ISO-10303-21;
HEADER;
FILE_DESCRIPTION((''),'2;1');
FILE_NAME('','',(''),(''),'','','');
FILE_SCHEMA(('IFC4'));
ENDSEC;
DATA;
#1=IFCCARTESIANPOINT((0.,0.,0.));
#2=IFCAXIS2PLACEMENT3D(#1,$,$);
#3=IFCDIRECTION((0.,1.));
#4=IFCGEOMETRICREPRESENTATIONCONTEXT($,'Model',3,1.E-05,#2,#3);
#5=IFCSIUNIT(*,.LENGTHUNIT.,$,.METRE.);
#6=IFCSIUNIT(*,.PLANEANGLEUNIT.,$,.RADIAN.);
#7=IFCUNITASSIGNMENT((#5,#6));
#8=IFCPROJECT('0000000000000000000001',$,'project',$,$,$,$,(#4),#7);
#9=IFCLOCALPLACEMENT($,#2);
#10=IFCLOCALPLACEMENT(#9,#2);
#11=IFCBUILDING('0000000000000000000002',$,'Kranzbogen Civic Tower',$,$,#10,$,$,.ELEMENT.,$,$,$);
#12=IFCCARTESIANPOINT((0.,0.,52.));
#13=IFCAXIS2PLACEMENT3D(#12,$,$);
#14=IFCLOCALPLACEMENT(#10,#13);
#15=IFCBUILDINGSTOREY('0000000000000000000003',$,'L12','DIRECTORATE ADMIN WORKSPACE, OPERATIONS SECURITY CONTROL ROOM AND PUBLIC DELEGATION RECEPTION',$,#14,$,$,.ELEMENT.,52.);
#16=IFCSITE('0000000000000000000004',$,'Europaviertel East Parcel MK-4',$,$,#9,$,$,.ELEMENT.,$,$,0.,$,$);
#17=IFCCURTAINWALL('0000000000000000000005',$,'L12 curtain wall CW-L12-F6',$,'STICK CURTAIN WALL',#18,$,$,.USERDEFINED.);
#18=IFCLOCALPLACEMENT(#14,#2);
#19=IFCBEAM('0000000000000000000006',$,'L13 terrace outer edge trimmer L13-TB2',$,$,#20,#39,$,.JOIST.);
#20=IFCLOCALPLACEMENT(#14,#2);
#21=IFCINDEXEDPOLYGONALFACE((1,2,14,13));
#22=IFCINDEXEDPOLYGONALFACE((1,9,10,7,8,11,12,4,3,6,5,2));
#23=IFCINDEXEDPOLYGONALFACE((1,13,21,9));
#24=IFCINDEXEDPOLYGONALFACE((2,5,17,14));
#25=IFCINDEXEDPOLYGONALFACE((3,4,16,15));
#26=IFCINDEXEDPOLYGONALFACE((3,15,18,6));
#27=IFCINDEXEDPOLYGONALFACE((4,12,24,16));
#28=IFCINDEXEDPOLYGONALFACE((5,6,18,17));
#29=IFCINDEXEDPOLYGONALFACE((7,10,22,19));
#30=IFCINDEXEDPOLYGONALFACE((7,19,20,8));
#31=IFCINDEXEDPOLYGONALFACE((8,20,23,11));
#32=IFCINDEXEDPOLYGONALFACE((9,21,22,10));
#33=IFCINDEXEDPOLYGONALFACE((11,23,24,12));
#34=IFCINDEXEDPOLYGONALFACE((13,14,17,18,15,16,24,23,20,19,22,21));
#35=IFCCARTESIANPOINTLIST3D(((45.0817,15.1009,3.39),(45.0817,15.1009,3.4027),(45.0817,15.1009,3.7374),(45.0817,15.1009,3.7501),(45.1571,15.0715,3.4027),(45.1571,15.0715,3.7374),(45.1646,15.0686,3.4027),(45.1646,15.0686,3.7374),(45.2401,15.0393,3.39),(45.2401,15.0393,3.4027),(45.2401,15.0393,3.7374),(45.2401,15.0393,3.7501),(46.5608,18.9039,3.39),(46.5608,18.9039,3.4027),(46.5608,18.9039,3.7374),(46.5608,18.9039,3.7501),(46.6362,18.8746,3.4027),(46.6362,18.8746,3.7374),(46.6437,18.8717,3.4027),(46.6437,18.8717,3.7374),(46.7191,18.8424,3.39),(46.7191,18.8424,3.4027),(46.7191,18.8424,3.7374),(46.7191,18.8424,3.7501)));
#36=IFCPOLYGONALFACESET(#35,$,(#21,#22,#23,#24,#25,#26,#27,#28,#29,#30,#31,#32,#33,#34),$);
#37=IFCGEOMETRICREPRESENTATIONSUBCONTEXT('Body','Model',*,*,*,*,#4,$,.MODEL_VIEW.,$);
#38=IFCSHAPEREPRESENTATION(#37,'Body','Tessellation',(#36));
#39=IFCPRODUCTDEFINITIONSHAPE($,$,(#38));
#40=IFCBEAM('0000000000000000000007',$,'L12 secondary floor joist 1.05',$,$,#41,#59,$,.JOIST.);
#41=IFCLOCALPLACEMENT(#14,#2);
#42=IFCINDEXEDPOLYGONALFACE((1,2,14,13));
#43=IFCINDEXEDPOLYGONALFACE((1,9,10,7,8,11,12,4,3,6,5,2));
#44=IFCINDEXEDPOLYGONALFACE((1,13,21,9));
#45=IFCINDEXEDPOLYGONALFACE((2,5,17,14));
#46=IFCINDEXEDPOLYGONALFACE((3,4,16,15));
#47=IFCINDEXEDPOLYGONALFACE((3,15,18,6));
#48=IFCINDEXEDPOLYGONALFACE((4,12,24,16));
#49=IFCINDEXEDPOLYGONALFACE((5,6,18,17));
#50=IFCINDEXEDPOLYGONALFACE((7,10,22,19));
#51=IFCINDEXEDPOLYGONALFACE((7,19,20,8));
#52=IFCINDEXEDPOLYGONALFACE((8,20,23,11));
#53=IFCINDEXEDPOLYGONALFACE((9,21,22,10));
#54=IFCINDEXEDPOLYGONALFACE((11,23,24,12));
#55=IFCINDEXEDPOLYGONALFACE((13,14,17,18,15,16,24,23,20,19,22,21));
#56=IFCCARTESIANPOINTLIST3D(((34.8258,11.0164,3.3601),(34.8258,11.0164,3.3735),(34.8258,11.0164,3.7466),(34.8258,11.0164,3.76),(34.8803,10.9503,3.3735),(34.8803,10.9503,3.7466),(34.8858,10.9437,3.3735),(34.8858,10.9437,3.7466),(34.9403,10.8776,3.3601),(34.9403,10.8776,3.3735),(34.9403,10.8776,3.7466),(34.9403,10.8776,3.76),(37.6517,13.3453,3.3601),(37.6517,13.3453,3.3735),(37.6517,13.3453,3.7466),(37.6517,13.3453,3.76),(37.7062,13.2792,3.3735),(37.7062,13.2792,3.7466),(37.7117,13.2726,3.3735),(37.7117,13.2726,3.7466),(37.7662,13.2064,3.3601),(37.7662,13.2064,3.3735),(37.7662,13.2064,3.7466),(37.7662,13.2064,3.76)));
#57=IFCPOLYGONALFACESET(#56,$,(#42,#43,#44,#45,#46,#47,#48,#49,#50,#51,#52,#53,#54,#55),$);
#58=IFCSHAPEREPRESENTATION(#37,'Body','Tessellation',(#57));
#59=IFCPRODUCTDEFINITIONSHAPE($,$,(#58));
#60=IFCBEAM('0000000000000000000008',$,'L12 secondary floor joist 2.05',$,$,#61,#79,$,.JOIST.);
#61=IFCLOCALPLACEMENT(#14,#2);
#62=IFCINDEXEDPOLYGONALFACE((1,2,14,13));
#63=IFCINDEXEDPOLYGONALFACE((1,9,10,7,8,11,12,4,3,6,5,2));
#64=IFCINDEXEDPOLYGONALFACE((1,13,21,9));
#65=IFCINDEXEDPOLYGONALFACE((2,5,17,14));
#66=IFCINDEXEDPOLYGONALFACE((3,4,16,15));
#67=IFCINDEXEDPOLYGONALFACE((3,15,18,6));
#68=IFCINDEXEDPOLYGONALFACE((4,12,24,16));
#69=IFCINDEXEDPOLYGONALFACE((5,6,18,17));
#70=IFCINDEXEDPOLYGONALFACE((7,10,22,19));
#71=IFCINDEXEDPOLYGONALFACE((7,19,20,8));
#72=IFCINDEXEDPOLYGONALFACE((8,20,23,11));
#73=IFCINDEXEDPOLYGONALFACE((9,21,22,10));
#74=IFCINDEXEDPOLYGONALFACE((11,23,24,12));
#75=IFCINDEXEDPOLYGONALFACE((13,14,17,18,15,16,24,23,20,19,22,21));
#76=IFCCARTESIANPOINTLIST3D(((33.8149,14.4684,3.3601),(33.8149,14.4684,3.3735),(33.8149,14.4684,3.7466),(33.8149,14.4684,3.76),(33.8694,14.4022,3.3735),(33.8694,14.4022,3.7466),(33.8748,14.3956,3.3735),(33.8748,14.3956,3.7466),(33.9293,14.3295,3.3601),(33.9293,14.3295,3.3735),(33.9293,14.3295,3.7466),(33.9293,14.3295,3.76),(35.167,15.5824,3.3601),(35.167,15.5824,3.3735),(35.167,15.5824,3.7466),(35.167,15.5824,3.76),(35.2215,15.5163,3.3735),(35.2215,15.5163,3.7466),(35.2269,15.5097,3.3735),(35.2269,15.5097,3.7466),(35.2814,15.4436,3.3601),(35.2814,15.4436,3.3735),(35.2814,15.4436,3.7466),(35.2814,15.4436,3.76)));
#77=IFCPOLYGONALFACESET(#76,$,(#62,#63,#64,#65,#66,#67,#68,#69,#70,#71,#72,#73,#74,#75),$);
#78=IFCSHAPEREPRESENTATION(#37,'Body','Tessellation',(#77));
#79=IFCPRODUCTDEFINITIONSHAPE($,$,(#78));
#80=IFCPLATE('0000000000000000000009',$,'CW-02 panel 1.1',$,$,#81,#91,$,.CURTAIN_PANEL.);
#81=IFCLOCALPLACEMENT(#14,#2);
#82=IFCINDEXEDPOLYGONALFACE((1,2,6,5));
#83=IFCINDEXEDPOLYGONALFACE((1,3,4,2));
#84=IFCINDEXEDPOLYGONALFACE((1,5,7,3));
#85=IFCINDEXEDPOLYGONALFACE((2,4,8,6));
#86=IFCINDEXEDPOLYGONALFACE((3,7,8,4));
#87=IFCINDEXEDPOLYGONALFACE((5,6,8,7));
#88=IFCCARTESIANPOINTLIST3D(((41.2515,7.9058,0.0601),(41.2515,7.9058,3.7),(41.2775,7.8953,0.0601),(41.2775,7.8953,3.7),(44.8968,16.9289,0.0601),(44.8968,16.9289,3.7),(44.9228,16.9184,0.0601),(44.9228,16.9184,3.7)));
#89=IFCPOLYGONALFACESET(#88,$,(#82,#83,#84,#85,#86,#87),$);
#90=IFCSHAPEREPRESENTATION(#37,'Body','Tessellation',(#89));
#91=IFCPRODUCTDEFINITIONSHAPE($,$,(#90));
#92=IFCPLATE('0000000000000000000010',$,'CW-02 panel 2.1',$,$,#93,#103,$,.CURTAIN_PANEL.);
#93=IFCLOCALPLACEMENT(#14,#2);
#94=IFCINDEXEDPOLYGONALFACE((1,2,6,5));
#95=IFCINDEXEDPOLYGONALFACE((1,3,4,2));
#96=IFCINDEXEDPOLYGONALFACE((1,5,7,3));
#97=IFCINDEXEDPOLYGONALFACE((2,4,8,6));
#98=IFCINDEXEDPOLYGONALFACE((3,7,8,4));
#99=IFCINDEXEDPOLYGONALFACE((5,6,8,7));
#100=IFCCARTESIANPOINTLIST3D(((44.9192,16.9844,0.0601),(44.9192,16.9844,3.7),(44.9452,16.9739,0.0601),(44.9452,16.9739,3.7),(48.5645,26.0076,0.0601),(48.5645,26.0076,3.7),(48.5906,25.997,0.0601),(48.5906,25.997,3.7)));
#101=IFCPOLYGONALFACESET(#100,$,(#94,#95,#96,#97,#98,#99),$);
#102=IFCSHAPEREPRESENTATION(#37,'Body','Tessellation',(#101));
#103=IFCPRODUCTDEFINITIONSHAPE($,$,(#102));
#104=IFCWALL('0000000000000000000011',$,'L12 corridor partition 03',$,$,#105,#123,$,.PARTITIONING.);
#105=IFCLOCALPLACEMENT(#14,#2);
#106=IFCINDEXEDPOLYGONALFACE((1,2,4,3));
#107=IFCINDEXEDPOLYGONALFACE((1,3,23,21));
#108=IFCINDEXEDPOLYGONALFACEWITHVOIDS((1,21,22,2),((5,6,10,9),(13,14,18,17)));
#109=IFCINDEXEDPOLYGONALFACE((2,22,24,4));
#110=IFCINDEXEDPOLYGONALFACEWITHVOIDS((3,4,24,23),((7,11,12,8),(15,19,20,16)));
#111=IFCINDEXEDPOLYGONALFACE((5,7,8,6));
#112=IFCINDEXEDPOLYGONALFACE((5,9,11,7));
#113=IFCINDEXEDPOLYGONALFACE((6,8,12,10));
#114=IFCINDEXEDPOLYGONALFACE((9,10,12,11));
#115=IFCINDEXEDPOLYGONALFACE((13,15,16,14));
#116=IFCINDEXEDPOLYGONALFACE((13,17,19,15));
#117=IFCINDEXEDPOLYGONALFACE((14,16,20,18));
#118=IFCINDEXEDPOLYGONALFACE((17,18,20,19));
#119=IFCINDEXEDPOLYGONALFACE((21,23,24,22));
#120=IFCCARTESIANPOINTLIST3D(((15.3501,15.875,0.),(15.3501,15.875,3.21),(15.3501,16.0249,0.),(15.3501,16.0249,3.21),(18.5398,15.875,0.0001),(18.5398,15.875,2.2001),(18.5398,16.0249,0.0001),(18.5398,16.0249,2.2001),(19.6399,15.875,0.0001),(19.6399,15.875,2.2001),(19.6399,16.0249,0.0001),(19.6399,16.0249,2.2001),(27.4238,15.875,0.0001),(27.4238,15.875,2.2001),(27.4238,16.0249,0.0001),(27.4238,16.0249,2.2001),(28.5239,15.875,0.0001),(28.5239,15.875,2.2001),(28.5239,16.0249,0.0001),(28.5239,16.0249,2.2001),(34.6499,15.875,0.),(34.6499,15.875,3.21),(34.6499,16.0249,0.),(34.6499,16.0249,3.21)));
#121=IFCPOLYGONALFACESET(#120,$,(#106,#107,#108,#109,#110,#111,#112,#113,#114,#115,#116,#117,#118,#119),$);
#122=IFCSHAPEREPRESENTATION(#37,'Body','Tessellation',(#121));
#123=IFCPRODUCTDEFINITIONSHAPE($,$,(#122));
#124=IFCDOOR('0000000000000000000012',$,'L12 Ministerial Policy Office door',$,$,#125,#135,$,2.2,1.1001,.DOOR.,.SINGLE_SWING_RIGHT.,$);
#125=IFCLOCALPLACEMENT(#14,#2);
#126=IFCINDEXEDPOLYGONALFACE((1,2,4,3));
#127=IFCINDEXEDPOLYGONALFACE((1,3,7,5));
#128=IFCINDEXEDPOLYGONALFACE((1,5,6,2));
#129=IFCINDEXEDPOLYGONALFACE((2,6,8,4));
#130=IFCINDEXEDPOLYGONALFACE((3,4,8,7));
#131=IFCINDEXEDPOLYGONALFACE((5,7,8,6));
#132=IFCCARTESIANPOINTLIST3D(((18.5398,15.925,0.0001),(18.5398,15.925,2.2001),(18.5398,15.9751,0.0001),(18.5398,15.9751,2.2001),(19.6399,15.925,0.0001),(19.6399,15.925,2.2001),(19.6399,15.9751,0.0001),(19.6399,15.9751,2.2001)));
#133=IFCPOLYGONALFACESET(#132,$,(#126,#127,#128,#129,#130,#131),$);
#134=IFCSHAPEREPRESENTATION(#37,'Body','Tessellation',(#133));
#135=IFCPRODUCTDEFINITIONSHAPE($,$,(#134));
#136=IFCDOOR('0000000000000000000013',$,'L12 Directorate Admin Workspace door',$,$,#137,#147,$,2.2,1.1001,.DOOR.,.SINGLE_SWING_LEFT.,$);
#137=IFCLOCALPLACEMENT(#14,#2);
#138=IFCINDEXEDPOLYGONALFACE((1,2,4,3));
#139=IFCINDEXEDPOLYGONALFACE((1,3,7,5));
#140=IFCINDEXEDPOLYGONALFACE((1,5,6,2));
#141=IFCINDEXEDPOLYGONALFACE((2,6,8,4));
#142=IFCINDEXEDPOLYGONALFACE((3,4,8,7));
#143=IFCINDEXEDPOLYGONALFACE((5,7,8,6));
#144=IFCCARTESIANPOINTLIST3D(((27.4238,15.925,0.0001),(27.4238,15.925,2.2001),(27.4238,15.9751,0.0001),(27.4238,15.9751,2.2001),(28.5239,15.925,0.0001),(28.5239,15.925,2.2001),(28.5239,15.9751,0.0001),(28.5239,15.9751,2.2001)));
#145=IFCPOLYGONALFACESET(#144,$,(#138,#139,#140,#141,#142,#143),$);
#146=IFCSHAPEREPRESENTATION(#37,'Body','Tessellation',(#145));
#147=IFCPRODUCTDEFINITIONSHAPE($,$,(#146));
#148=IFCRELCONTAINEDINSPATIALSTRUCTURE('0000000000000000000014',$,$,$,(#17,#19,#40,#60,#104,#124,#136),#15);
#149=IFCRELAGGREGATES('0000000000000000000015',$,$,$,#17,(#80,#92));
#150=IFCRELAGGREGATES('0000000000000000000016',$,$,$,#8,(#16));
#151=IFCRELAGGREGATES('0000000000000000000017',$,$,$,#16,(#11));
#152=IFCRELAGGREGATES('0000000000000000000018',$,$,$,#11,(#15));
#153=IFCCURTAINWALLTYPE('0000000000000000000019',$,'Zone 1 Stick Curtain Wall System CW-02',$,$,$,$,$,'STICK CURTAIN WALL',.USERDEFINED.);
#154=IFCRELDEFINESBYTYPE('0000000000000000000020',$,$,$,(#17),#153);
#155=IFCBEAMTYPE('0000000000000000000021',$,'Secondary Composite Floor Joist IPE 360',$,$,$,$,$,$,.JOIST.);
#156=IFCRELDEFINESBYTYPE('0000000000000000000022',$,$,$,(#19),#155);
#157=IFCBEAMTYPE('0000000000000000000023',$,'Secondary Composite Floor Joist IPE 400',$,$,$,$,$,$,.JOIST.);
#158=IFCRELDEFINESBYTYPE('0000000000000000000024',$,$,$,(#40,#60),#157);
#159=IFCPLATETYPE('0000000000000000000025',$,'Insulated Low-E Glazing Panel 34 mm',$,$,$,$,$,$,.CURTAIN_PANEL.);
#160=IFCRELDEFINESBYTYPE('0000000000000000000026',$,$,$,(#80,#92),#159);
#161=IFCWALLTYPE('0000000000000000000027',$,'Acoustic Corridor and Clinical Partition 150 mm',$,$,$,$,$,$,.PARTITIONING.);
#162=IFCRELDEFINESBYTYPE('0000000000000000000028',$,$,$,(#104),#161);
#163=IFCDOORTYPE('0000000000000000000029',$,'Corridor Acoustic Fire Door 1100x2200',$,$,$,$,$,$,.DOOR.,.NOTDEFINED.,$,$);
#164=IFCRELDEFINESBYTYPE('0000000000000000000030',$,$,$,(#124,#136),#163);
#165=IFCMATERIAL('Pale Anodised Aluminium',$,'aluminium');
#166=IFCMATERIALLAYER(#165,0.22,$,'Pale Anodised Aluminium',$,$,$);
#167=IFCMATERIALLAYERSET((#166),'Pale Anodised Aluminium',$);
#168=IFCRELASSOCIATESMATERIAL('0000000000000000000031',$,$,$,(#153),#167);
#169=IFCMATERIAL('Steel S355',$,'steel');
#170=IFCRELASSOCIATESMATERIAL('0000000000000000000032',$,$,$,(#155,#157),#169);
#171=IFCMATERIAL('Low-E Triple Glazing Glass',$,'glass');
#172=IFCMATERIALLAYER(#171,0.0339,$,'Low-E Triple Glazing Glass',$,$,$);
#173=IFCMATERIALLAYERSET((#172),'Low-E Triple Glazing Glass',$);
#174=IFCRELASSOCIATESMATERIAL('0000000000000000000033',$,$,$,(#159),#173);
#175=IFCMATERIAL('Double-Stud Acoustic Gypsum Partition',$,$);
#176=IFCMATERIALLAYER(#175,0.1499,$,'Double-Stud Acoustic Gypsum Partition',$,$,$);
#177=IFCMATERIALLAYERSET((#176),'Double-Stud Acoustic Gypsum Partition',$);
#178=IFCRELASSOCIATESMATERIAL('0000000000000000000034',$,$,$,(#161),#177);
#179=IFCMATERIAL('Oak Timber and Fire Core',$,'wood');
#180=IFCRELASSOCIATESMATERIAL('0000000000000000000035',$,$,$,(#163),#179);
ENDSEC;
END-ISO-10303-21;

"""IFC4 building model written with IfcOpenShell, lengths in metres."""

from ifc_helpers import new_model, si_unit, direction, frame, frame_2d, origin, origin_2d, place, context, subcontext, project, spatial, rectangle, i_section, extrude, material, layer, layer_set, material_profile, profile_set, type_object, element, fill, aggregate, save


model = new_model("IFC4")

# Units and contexts
model_context = context("Model", 3, precision=1e-05, world=origin(), true_north=direction((0.0, 1.0)))
body_context = subcontext(model_context, "Body", "Model", "MODEL_VIEW")
ifc_project = project(units=[si_unit("LENGTHUNIT", "METRE"), si_unit("PLANEANGLEUNIT", "RADIAN")], contexts=[model_context])

# Site, building, storey
site_placement = place(None, origin())
site = spatial("IfcSite", under=ifc_project, at=site_placement, Name="Europaviertel East Parcel MK-4", CompositionType="ELEMENT", RefElevation=0.0)
building_placement = place(site_placement, origin())
building = spatial("IfcBuilding", under=site, at=building_placement, Name="Kranzbogen Civic Tower", CompositionType="ELEMENT")
storey_placement = place(building_placement, frame((0.0, 0.0, 52.0)))
storey = spatial("IfcBuildingStorey", under=building, at=storey_placement, Name="L12", Description="DIRECTORATE ADMIN WORKSPACE, OPERATIONS SECURITY CONTROL ROOM AND PUBLIC DELEGATION RECEPTION", CompositionType="ELEMENT", Elevation=52.0)

# Shared definitions
ifc_material_1 = material(Name="Steel S355", Category="steel")

# Shared definitions
ifc_material_2 = material(Name="Pale Anodised Aluminium", Category="aluminium")
ifc_layer_1 = layer(ifc_material_2, 0.22, Name="Pale Anodised Aluminium")
ifc_layer_set_1 = layer_set([ifc_layer_1], Name="Pale Anodised Aluminium")
curtain_wall_type = type_object("IfcCurtainWallType", Name="Zone 1 Stick Curtain Wall System CW-02", ElementType="STICK CURTAIN WALL", PredefinedType="USERDEFINED", material=ifc_layer_set_1)

# Curtain wall
curtain_wall_1_placement = place(storey_placement, origin())
curtain_wall_1 = element("IfcCurtainWall", 1, at=curtain_wall_1_placement, inside=storey, type_object=curtain_wall_type, Name="L12 curtain wall CW-L12-F6", ObjectType="STICK CURTAIN WALL", PredefinedType="USERDEFINED")

# Beams
ifc_material_profile_1 = material_profile(ifc_material_1, i_section(OverallWidth=0.1699, OverallDepth=0.3601, WebThickness=0.0081, FlangeThickness=0.0127, at=origin_2d()), Name="IPE 360")
ifc_profile_set_1 = profile_set([ifc_material_profile_1], Name="Steel S355")
beam_type_1 = type_object("IfcBeamType", Name="Secondary Composite Floor Joist IPE 360", PredefinedType="JOIST", material=ifc_profile_set_1)
beam_1_placement = place(storey_placement, frame((45.1609, 15.0701, 3.5701), z_axis=(0.362461, 0.931999, 0.0), x_axis=(-0.931999, 0.362461, 0.0)))
element("IfcBeam", 2, at=beam_1_placement, inside=storey, type_object=beam_type_1, Name="L13 terrace outer edge trimmer L13-TB2", PredefinedType="JOIST", context=body_context, shape_type="SweptSolid", body=[
    extrude(i_section(OverallWidth=0.1699, OverallDepth=0.3601, WebThickness=0.0081, FlangeThickness=0.0127, at=origin_2d()), origin(), (0.0, 0.0, 1.0), 4.0806),
])
ifc_material_profile_2 = material_profile(ifc_material_1, i_section(OverallWidth=0.1799, OverallDepth=0.3999, WebThickness=0.0085, FlangeThickness=0.0134, at=origin_2d()), Name="IPE 400")
ifc_profile_set_2 = profile_set([ifc_material_profile_2], Name="Steel S355")
beam_type_2 = type_object("IfcBeamType", Name="Secondary Composite Floor Joist IPE 400", PredefinedType="JOIST", material=ifc_profile_set_2)
beam_2_placement = place(storey_placement, frame((34.8831, 10.947, 3.5601), z_axis=(0.771713, 0.635971, 0.0), x_axis=(-0.635971, 0.771713, 0.0)))
element("IfcBeam", 3, at=beam_2_placement, inside=storey, type_object=beam_type_2, Name="L12 secondary floor joist 1.05", PredefinedType="JOIST", context=body_context, shape_type="SweptSolid", body=[
    extrude(i_section(OverallWidth=0.1799, OverallDepth=0.3999, WebThickness=0.0085, FlangeThickness=0.0134, at=origin_2d()), origin(), (0.0, 0.0, 1.0), 3.6619),
])
beam_3_placement = place(storey_placement, frame((33.8721, 14.3989, 3.5601), z_axis=(0.771773, 0.635898, 0.0), x_axis=(-0.635898, 0.771773, 0.0)))
element("IfcBeam", 4, at=beam_3_placement, inside=storey, type_object=beam_type_2, Name="L12 secondary floor joist 2.05", PredefinedType="JOIST", context=body_context, shape_type="SweptSolid", body=[
    extrude(i_section(OverallWidth=0.1799, OverallDepth=0.3999, WebThickness=0.0085, FlangeThickness=0.0134, at=origin_2d()), origin(), (0.0, 0.0, 1.0), 1.752),
])

# Plates
ifc_material_3 = material(Name="Low-E Triple Glazing Glass", Category="glass")
ifc_layer_2 = layer(ifc_material_3, 0.0339, Name="Low-E Triple Glazing Glass")
ifc_layer_set_2 = layer_set([ifc_layer_2], Name="Low-E Triple Glazing Glass")
plate_type = type_object("IfcPlateType", Name="Insulated Low-E Glazing Panel 34 mm", PredefinedType="CURTAIN_PANEL", material=ifc_layer_set_2)
plate_1_placement = place(storey_placement, frame((43.0872, 12.4121, 0.0601), z_axis=(0.0, 0.0, 1.0), x_axis=(0.374583, 0.927193, 0.0)))
plate_1 = element("IfcPlate", 5, at=plate_1_placement, type_object=plate_type, Name="CW-02 panel 1.1", PredefinedType="CURTAIN_PANEL", context=body_context, shape_type="SweptSolid", body=[
    extrude(rectangle(XDim=9.7317, YDim=0.0281, at=origin_2d()), origin(), (0.0, 0.0, 1.0), 3.6399),
])
plate_2_placement = place(storey_placement, frame((46.7549, 21.4907, 0.0601), z_axis=(0.0, 0.0, 1.0), x_axis=(0.374583, 0.927193, 0.0)))
plate_2 = element("IfcPlate", 6, at=plate_2_placement, type_object=plate_type, Name="CW-02 panel 2.1", PredefinedType="CURTAIN_PANEL", context=body_context, shape_type="SweptSolid", body=[
    extrude(rectangle(XDim=9.7317, YDim=0.0281, at=origin_2d()), origin(), (0.0, 0.0, 1.0), 3.6399),
])
aggregate(curtain_wall_1, [plate_1, plate_2])

# Wall, openings, doors
ifc_material_4 = material(Name="Double-Stud Acoustic Gypsum Partition")
ifc_layer_3 = layer(ifc_material_4, 0.1499, Name="Double-Stud Acoustic Gypsum Partition")
ifc_layer_set_3 = layer_set([ifc_layer_3], Name="Double-Stud Acoustic Gypsum Partition")
wall_type_1 = type_object("IfcWallType", Name="Acoustic Corridor and Clinical Partition 150 mm", PredefinedType="PARTITIONING", material=ifc_layer_set_3)
wall_1_placement = place(storey_placement, frame((34.6499, 15.95, 0.0), z_axis=(0.0, 0.0, 1.0), x_axis=(-1.0, 0.0, 0.0)))
wall_1 = element("IfcWall", 7, at=wall_1_placement, inside=storey, type_object=wall_type_1, Name="L12 corridor partition 03", PredefinedType="PARTITIONING", context=body_context, shape_type="SweptSolid", body=[
    extrude(rectangle(XDim=19.2998, YDim=0.1499, at=frame_2d((9.6499, 0.0))), origin(), (0.0, 0.0, 1.0), 3.21),
])
opening_1_placement = place(wall_1_placement, frame((15.01, 0.0, 0.0)))
opening_1 = element("IfcOpeningElement", 8, at=opening_1_placement, cuts=wall_1, PredefinedType="OPENING", context=body_context, shape_type="SweptSolid", body=[
    extrude(rectangle(XDim=1.1001, YDim=2.2, at=frame_2d((0.55, 1.1001))), frame((0.0, 0.085, 0.0), z_axis=(0.0, -1.0, 0.0), x_axis=(1.0, 0.0, 0.0)), (0.0, 0.0, 1.0), 0.1699),
])
opening_2_placement = place(wall_1_placement, frame((6.126, 0.0, 0.0)))
opening_2 = element("IfcOpeningElement", 9, at=opening_2_placement, cuts=wall_1, PredefinedType="OPENING", context=body_context, shape_type="SweptSolid", body=[
    extrude(rectangle(XDim=1.1001, YDim=2.2, at=frame_2d((0.55, 1.1001))), frame((0.0, 0.085, 0.0), z_axis=(0.0, -1.0, 0.0), x_axis=(1.0, 0.0, 0.0)), (0.0, 0.0, 1.0), 0.1699),
])
ifc_material_5 = material(Name="Oak Timber and Fire Core", Category="wood")
door_type_1 = type_object("IfcDoorType", Name="Corridor Acoustic Fire Door 1100x2200", OperationType="NOTDEFINED", PredefinedType="DOOR", material=ifc_material_5)
door_1_placement = place(opening_1_placement, origin())
door_1 = element("IfcDoor", 10, at=door_1_placement, inside=storey, type_object=door_type_1, Name="L12 Ministerial Policy Office door", OperationType="SINGLE_SWING_RIGHT", OverallHeight=2.2, OverallWidth=1.1001, PredefinedType="DOOR", context=body_context, shape_type="SweptSolid", body=[
    extrude(rectangle(XDim=1.1001, YDim=2.2, at=frame_2d((0.55, 1.1001))), frame((0.0, 0.0249, 0.0), z_axis=(0.0, -1.0, 0.0), x_axis=(1.0, 0.0, 0.0)), (0.0, 0.0, 1.0), 0.05),
])
fill(opening_1, door_1)
door_2_placement = place(opening_2_placement, origin())
door_2 = element("IfcDoor", 11, at=door_2_placement, inside=storey, type_object=door_type_1, Name="L12 Directorate Admin Workspace door", OperationType="SINGLE_SWING_LEFT", OverallHeight=2.2, OverallWidth=1.1001, PredefinedType="DOOR", context=body_context, shape_type="SweptSolid", body=[
    extrude(rectangle(XDim=1.1001, YDim=2.2, at=frame_2d((0.55, 1.1001))), frame((0.0, 0.0249, 0.0), z_axis=(0.0, -1.0, 0.0), x_axis=(1.0, 0.0, 0.0)), (0.0, 0.0, 1.0), 0.05),
])
fill(opening_2, door_2)

save(model, "model.ifc")
